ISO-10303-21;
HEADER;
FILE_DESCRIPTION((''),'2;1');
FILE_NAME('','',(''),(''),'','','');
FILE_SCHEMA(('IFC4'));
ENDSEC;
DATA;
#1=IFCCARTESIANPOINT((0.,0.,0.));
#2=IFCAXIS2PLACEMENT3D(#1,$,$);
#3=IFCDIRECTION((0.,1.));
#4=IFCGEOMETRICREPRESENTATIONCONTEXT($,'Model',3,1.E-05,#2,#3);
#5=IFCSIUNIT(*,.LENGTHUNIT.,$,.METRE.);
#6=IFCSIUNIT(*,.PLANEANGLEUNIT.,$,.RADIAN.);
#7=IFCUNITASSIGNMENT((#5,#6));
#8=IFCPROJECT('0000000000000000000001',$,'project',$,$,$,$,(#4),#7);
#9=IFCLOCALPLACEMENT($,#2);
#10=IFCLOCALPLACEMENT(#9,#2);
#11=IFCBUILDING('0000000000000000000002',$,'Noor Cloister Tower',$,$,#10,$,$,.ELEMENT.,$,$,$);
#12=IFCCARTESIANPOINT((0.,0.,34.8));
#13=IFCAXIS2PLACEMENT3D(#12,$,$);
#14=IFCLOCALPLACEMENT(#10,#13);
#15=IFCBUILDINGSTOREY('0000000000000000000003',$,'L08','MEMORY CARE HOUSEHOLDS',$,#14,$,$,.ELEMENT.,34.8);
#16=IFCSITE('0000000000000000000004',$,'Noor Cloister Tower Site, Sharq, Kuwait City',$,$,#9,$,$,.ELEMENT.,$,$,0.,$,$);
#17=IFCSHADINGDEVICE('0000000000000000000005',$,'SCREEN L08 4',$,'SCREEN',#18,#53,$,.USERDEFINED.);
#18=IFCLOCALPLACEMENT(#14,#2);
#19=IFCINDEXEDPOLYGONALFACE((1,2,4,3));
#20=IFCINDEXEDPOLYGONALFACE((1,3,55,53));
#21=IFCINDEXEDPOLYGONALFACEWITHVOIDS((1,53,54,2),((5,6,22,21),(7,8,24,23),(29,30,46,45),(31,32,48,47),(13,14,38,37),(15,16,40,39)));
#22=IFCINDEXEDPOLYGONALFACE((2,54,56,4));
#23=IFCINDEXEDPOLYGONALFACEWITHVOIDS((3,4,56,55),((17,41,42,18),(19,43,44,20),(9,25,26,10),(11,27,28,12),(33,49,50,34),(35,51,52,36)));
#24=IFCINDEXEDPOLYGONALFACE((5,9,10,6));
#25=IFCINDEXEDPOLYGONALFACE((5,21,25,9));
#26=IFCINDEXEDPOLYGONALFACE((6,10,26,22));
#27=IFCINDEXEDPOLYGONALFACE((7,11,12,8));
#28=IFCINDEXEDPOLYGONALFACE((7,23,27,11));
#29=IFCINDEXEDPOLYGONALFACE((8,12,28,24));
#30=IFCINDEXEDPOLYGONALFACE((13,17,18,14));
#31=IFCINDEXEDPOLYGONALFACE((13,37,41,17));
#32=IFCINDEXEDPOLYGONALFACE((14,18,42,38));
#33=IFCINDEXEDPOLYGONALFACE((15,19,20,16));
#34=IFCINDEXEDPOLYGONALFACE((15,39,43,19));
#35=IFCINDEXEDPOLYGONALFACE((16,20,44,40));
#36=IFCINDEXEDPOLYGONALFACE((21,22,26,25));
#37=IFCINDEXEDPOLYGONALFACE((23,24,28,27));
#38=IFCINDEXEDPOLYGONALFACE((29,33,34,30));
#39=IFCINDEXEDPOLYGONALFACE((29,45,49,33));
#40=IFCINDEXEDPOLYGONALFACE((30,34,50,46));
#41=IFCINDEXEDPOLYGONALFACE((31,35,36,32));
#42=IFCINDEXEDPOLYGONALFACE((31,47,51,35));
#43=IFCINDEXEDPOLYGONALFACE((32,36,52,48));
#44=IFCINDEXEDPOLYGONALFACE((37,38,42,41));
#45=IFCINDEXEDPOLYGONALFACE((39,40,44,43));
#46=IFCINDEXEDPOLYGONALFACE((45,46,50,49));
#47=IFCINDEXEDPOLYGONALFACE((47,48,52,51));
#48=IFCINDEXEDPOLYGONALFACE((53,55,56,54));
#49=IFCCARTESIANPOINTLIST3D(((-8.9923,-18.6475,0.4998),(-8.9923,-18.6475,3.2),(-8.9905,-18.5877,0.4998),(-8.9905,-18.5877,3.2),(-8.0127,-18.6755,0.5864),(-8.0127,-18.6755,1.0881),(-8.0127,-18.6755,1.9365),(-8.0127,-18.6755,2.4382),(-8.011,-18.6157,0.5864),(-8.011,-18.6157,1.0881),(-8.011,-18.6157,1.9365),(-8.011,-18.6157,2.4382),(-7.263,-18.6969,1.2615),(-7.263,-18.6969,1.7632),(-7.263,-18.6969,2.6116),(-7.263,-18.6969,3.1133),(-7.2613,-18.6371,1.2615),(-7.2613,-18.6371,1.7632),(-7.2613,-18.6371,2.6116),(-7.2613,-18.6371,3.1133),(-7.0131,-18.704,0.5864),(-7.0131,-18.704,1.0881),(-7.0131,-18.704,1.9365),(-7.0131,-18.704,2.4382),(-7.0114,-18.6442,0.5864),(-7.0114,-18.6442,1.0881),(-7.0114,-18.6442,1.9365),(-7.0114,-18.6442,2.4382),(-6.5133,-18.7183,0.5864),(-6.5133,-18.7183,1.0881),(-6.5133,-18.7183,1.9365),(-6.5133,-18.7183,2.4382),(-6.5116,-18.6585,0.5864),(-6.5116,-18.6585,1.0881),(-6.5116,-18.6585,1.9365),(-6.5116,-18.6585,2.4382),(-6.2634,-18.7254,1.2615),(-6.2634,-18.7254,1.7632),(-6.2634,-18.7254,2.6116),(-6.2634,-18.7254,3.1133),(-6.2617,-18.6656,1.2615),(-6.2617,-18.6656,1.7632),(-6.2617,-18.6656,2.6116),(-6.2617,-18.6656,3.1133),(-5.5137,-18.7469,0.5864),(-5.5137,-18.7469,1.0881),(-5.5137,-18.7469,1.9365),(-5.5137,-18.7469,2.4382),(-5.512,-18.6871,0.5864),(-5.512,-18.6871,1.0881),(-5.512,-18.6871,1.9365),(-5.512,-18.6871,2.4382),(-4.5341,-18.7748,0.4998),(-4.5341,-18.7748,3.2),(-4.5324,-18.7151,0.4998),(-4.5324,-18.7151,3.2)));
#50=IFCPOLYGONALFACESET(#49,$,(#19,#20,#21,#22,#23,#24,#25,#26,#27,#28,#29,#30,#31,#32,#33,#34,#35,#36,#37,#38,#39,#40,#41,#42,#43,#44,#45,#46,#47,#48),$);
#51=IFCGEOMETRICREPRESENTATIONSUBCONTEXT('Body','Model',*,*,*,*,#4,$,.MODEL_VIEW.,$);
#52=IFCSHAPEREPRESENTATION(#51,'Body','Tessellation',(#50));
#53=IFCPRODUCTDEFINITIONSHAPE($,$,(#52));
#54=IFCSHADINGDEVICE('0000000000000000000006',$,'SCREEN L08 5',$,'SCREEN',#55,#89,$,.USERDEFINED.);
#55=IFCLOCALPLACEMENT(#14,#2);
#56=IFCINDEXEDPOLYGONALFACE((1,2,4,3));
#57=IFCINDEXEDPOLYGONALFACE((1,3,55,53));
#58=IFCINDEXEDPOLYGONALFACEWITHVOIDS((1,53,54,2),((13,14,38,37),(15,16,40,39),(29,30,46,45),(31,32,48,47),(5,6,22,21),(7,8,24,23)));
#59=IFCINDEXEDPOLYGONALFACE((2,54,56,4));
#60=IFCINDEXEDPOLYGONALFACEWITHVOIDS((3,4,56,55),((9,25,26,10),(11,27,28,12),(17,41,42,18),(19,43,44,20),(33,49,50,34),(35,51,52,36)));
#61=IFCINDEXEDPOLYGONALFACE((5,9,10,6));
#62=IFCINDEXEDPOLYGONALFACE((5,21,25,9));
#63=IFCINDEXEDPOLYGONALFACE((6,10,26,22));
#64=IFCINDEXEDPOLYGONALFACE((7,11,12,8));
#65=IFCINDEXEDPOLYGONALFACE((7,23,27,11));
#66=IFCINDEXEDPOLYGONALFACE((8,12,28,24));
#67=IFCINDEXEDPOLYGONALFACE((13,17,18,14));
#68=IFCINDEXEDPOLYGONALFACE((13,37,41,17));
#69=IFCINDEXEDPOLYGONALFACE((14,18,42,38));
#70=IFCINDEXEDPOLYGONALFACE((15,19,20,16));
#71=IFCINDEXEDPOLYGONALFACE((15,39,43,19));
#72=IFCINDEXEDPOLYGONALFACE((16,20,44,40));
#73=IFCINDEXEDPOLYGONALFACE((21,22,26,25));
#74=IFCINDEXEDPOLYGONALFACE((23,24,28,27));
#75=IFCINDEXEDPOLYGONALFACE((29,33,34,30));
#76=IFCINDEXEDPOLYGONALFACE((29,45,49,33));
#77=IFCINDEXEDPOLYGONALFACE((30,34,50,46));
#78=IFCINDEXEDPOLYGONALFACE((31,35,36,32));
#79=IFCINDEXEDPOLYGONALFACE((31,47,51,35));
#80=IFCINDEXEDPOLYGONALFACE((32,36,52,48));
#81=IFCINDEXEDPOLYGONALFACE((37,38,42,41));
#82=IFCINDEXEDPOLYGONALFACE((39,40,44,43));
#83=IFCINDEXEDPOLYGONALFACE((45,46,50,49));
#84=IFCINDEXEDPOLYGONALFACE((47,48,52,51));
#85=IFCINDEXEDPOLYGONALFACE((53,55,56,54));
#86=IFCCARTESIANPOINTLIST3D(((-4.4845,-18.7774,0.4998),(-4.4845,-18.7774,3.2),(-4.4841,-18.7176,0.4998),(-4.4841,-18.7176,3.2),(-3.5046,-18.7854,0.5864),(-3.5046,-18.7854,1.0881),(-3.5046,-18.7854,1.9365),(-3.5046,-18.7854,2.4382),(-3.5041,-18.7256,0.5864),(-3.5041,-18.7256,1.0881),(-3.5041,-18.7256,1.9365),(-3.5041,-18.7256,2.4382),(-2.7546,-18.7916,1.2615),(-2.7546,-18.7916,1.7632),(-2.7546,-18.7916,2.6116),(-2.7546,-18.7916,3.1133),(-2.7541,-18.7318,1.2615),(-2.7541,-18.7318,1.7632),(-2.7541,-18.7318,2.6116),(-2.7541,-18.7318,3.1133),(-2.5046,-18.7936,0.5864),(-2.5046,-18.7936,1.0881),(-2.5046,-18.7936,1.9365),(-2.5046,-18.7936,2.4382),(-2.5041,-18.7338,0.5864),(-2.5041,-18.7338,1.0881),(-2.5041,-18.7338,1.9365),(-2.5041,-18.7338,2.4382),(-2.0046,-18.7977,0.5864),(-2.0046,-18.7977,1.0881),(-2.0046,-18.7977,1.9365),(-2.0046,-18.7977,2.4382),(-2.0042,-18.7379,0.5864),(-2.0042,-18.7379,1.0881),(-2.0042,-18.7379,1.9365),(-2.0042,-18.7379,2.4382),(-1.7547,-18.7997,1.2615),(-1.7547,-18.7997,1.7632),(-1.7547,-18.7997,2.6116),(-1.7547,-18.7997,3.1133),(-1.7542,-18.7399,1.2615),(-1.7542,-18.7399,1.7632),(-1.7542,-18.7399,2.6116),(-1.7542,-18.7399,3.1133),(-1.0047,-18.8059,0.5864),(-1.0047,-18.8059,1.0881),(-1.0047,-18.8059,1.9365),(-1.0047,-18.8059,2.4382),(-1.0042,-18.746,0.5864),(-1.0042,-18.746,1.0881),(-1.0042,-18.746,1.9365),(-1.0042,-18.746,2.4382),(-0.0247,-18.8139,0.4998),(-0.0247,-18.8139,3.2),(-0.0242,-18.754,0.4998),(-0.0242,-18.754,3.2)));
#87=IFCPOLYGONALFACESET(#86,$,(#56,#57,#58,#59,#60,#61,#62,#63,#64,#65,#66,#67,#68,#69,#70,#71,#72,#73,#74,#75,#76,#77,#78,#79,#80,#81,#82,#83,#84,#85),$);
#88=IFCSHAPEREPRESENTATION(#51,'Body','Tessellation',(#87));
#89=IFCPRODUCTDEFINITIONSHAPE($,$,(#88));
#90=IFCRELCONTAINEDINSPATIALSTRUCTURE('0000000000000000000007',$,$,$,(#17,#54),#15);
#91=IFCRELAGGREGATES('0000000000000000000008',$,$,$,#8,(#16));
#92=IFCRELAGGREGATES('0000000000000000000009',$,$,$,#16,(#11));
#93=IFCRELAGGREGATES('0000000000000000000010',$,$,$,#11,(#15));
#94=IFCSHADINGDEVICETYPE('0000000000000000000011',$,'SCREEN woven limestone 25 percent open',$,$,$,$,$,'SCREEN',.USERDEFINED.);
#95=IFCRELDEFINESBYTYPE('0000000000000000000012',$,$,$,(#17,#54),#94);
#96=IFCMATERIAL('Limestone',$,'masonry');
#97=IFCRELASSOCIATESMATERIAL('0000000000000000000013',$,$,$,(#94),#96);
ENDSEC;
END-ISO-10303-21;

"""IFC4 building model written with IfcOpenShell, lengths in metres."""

from ifc_helpers import new_model, si_unit, direction, frame, origin, place, context, subcontext, project, spatial, polyline, outline, extrude, material, material_profile, profile_set, type_object, element, save


model = new_model("IFC4")

# Units and contexts
model_context = context("Model", 3, precision=1e-05, world=origin(), true_north=direction((0.0, 1.0)))
body_context = subcontext(model_context, "Body", "Model", "MODEL_VIEW")
ifc_project = project(units=[si_unit("LENGTHUNIT", "METRE"), si_unit("PLANEANGLEUNIT", "RADIAN")], contexts=[model_context])

# Site, building, storey
site_placement = place(None, origin())
site = spatial("IfcSite", under=ifc_project, at=site_placement, Name="Noor Cloister Tower Site, Sharq, Kuwait City", CompositionType="ELEMENT", RefElevation=0.0)
building_placement = place(site_placement, origin())
building = spatial("IfcBuilding", under=site, at=building_placement, Name="Noor Cloister Tower", CompositionType="ELEMENT")
storey_placement = place(building_placement, frame((0.0, 0.0, 34.8)))
storey = spatial("IfcBuildingStorey", under=building, at=storey_placement, Name="L08", Description="MEMORY CARE HOUSEHOLDS", CompositionType="ELEMENT", Elevation=34.8)

# Shading devices
ifc_material_1 = material(Name="Limestone", Category="masonry")
ifc_material_profile_1 = material_profile(ifc_material_1, outline(polyline([(-2.23, -1.3501), (2.23, -1.3501), (2.23, 1.3501), (-2.23, 1.3501), (-2.23, -1.3501)]), holes=[polyline([(-1.25, -1.2634), (-0.25, -1.2634), (-0.25, -0.7617), (-1.25, -0.7617), (-1.25, -1.2634)]), polyline([(0.25, -1.2634), (1.25, -1.2634), (1.25, -0.7617), (0.25, -0.7617), (0.25, -1.2634)]), polyline([(-0.5, -0.5884), (0.5, -0.5884), (0.5, -0.0867), (-0.5, -0.0867), (-0.5, -0.5884)]), polyline([(-1.25, 0.0867), (-0.25, 0.0867), (-0.25, 0.5884), (-1.25, 0.5884), (-1.25, 0.0867)]), polyline([(0.25, 0.0867), (1.25, 0.0867), (1.25, 0.5884), (0.25, 0.5884), (0.25, 0.0867)]), polyline([(-0.5, 0.7617), (0.5, 0.7617), (0.5, 1.2634), (-0.5, 1.2634), (-0.5, 0.7617)])]), Name="Woven screen 25 percent open")
ifc_profile_set_1 = profile_set([ifc_material_profile_1], Name="Limestone")
shading_device_type = type_object("IfcShadingDeviceType", Name="SCREEN woven limestone 25 percent open", ElementType="SCREEN", PredefinedType="USERDEFINED", material=ifc_profile_set_1)
for number, where, z_axis, x_axis, name in (
    (1, (-6.7615, -18.6514, 1.8499), (-0.02856, -0.999592, 0.0), (0.999592, -0.02856, 0.0), "SCREEN L08 4"),
    (2, (-2.2542, -18.7358, 1.8499), (-0.008163, -0.999967, 0.0), (0.999967, -0.008163, 0.0), "SCREEN L08 5"),
):
    element("IfcShadingDevice", number, at=place(storey_placement, frame(where, z_axis=z_axis, x_axis=x_axis)), inside=storey, type_object=shading_device_type, Name=name, ObjectType="SCREEN", PredefinedType="USERDEFINED", context=body_context, shape_type="SweptSolid", body=[
        extrude(outline(polyline([(-2.23, -1.3501), (2.23, -1.3501), (2.23, 1.3501), (-2.23, 1.3501), (-2.23, -1.3501)]), holes=[polyline([(-1.25, -1.2634), (-0.25, -1.2634), (-0.25, -0.7617), (-1.25, -0.7617), (-1.25, -1.2634)]), polyline([(0.25, -1.2634), (1.25, -1.2634), (1.25, -0.7617), (0.25, -0.7617), (0.25, -1.2634)]), polyline([(-0.5, -0.5884), (0.5, -0.5884), (0.5, -0.0867), (-0.5, -0.0867), (-0.5, -0.5884)]), polyline([(-1.25, 0.0867), (-0.25, 0.0867), (-0.25, 0.5884), (-1.25, 0.5884), (-1.25, 0.0867)]), polyline([(0.25, 0.0867), (1.25, 0.0867), (1.25, 0.5884), (0.25, 0.5884), (0.25, 0.0867)]), polyline([(-0.5, 0.7617), (0.5, 0.7617), (0.5, 1.2634), (-0.5, 1.2634), (-0.5, 0.7617)])]), origin(), (0.0, 0.0, 1.0), 0.0598),
    ])

save(model, "model.ifc")
